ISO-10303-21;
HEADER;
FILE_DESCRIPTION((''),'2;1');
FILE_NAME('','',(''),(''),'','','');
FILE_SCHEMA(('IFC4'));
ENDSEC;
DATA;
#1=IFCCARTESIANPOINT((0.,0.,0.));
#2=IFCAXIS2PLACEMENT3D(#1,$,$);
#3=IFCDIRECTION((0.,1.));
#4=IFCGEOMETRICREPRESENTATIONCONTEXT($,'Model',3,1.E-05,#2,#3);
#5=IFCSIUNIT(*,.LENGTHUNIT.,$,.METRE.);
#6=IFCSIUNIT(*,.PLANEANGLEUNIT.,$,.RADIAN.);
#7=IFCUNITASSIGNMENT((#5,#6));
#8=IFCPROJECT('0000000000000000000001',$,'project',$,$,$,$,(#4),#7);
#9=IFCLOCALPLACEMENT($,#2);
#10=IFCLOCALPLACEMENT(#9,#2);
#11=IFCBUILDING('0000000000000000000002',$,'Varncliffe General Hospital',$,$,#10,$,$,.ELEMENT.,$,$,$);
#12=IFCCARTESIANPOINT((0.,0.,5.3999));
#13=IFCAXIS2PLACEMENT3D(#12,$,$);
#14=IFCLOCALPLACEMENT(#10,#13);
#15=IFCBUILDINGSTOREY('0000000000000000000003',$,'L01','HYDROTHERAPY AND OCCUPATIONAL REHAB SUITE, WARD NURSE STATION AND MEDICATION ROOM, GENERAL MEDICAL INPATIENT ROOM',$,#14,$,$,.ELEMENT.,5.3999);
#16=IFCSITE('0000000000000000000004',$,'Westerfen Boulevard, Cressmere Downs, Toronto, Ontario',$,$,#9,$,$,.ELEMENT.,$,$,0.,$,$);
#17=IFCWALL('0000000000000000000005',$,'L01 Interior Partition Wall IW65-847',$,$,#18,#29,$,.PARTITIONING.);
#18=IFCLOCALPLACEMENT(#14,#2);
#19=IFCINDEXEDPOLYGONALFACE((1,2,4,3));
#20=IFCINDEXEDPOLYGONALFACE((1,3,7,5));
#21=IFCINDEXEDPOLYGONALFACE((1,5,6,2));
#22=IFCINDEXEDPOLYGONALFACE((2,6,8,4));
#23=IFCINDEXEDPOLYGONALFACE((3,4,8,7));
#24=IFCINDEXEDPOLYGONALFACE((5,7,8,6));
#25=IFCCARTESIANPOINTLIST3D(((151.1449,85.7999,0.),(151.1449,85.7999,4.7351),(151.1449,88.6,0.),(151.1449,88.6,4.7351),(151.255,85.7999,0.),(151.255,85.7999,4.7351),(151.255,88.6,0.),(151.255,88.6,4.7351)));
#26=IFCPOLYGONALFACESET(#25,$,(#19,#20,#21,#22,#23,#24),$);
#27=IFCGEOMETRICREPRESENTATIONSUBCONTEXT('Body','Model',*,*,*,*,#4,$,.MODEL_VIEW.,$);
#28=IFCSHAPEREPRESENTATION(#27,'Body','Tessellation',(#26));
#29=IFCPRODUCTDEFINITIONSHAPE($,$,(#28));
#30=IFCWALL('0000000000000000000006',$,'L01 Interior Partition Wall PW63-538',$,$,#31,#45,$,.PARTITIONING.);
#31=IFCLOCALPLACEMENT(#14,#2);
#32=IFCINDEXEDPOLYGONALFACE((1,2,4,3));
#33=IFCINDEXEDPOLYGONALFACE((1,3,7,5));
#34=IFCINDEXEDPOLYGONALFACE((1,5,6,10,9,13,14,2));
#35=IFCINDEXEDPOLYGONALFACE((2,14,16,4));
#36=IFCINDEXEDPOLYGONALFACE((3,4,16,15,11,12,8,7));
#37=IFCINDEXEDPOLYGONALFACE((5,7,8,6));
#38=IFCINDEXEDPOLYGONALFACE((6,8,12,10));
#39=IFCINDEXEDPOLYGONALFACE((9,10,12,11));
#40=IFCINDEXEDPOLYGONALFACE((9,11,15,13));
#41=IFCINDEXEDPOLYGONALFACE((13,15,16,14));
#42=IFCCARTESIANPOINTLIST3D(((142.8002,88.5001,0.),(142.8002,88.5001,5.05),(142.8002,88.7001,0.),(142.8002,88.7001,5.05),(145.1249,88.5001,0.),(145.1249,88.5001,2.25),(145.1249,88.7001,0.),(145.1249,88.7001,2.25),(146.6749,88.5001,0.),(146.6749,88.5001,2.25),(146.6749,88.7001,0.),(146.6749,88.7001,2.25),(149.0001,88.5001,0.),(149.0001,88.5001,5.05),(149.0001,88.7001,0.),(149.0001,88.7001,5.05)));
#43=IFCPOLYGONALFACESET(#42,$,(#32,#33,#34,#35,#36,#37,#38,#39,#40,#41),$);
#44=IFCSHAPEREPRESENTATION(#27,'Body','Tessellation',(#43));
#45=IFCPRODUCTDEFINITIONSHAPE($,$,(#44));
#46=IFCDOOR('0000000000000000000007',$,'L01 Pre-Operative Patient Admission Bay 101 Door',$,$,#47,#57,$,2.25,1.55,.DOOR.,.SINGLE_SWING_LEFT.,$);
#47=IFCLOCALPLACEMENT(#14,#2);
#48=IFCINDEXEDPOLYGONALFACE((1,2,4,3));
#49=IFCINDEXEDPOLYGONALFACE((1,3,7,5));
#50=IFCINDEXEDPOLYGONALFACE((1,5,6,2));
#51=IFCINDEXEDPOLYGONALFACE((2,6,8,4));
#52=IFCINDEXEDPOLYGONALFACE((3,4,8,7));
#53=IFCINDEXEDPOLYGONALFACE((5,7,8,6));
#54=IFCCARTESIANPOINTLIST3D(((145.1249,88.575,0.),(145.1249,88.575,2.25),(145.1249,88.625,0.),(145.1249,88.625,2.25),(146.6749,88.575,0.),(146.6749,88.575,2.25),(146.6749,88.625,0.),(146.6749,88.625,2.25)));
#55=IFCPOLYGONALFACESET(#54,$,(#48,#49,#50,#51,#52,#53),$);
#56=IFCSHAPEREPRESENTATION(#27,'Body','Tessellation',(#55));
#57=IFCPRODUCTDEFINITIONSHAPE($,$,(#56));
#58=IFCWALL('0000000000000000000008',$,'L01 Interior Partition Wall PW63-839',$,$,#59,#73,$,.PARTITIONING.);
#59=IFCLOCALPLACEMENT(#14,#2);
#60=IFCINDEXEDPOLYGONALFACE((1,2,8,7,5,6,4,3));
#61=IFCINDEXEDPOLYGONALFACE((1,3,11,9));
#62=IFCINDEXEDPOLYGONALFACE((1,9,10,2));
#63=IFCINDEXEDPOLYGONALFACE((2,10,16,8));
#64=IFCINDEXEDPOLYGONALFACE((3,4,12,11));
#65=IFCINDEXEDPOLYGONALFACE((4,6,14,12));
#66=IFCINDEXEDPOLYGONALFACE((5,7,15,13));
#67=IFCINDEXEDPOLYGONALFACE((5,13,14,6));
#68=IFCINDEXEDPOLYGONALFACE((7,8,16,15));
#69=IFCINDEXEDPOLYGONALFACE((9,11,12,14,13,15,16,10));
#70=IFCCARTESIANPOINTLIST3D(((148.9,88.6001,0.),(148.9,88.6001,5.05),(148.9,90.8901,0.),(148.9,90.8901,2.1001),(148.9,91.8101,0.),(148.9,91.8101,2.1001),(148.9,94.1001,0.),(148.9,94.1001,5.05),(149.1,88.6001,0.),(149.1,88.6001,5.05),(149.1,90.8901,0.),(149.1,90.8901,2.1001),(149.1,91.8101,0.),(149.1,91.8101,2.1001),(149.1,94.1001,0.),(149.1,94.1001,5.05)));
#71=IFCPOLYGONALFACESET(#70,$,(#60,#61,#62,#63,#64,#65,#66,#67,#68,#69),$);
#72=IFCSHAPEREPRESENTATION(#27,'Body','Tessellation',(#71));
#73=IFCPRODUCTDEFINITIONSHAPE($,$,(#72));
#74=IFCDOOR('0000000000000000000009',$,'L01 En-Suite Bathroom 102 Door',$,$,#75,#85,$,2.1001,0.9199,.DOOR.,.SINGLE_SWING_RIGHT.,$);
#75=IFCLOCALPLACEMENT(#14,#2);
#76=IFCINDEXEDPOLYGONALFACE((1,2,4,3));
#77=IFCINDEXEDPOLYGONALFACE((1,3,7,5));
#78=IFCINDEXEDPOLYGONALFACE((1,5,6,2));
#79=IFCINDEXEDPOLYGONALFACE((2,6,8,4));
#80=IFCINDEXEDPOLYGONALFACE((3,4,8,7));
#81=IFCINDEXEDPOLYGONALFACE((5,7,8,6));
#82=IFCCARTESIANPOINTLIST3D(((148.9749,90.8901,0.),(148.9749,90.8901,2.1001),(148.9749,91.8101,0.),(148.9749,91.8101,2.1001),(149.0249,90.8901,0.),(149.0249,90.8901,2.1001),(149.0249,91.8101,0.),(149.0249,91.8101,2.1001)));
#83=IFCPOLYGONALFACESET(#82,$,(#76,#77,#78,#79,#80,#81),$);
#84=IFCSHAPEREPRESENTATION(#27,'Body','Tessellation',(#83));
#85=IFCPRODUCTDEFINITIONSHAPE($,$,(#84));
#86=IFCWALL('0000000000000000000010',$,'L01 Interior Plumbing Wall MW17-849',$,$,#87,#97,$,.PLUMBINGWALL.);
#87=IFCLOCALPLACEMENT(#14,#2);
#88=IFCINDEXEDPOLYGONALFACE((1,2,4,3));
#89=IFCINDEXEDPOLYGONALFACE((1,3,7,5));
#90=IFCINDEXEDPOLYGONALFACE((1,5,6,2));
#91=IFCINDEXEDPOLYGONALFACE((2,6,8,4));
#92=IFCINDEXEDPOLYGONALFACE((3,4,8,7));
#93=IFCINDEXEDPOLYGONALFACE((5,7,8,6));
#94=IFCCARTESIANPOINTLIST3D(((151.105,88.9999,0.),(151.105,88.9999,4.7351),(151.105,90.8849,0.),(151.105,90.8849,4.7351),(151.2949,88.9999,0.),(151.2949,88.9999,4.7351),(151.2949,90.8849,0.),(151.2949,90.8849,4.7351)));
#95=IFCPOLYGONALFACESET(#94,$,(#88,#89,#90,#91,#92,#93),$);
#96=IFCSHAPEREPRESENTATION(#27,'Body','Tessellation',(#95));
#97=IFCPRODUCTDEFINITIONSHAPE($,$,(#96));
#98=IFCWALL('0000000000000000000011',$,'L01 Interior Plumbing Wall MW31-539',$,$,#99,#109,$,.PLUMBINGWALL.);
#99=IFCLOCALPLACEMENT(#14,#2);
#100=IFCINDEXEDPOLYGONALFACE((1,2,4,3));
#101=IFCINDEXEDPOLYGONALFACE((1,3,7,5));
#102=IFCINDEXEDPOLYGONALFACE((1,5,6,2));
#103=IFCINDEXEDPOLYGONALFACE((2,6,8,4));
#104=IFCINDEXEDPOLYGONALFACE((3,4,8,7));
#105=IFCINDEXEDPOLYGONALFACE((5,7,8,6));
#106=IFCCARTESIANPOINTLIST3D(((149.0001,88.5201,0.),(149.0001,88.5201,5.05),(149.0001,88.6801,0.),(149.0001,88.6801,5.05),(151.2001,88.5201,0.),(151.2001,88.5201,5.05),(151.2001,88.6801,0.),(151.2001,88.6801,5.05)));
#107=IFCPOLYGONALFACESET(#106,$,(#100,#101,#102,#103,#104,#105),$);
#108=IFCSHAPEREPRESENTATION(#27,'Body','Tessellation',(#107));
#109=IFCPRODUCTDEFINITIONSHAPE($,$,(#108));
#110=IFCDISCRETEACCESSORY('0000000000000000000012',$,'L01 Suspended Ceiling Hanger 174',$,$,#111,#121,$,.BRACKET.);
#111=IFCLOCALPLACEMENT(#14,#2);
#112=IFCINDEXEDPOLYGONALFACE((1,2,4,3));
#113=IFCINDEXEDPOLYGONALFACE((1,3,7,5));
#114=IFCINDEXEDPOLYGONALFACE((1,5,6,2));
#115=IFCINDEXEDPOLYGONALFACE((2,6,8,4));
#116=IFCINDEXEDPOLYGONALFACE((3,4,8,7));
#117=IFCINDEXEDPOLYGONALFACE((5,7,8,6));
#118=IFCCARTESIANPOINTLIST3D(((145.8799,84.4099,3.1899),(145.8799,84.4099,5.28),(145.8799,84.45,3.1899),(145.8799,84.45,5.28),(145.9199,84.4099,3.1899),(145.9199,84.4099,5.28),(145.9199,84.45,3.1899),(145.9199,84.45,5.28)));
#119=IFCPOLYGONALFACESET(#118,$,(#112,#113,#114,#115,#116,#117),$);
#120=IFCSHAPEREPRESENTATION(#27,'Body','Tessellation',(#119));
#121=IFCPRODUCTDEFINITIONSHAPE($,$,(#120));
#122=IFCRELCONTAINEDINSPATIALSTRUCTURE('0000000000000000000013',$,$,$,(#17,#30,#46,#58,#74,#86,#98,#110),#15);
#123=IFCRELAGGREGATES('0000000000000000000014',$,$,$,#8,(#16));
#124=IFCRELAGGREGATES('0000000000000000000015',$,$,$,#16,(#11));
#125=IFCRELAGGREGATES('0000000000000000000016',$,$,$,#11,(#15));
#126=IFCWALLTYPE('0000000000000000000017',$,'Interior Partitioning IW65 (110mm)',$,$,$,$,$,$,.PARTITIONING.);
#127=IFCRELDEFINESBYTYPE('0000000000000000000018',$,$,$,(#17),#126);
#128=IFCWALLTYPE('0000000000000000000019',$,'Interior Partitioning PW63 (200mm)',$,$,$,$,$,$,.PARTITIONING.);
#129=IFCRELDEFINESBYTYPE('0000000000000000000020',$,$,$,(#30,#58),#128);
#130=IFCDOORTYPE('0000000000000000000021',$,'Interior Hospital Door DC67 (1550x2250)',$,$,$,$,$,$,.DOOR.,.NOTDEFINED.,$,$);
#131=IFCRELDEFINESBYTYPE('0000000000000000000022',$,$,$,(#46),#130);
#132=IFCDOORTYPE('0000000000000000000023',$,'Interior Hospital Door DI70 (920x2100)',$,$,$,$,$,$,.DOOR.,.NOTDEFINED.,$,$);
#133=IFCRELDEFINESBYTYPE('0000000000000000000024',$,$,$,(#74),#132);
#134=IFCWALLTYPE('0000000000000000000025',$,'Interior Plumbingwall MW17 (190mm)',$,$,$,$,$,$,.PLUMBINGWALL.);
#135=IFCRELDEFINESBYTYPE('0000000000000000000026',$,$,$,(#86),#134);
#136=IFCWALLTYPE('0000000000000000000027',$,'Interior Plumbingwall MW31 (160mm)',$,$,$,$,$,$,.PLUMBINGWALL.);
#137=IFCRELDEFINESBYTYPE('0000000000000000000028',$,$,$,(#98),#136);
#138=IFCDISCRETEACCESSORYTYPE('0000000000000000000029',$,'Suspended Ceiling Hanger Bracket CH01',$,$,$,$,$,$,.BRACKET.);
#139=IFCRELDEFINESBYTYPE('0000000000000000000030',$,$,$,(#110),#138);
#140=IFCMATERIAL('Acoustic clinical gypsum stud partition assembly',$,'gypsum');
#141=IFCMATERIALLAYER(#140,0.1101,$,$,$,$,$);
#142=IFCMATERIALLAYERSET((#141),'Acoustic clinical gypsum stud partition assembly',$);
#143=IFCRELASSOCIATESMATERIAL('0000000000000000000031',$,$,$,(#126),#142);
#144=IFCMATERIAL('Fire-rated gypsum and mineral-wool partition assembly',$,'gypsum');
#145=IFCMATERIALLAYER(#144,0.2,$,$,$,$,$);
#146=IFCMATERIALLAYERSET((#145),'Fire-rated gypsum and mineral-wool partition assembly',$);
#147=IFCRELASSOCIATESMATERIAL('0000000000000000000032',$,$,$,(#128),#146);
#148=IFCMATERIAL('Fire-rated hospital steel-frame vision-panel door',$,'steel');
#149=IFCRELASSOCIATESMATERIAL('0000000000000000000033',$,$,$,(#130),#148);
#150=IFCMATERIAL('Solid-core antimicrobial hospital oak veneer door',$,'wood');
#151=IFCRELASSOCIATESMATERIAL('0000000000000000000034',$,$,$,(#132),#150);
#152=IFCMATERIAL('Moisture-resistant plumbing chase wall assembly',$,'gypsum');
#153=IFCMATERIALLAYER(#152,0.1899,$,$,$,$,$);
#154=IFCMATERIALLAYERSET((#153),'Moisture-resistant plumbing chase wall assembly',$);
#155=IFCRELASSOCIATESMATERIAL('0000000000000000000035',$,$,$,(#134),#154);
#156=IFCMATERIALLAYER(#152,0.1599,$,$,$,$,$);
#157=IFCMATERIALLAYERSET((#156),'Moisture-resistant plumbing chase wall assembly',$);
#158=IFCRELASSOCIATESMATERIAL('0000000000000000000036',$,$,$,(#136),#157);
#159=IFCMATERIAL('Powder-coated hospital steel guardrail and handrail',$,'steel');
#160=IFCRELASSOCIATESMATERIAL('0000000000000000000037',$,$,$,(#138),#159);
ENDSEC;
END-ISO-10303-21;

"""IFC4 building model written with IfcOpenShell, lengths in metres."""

from ifc_helpers import new_model, si_unit, direction, frame, frame_2d, origin, origin_2d, place, context, subcontext, project, spatial, rectangle, extrude, material, layer, layer_set, type_object, element, fill, save


model = new_model("IFC4")

# Units and contexts
model_context = context("Model", 3, precision=1e-05, world=origin(), true_north=direction((0.0, 1.0)))
body_context = subcontext(model_context, "Body", "Model", "MODEL_VIEW")
ifc_project = project(units=[si_unit("LENGTHUNIT", "METRE"), si_unit("PLANEANGLEUNIT", "RADIAN")], contexts=[model_context])

# Site, building, storey
site_placement = place(None, origin())
site = spatial("IfcSite", under=ifc_project, at=site_placement, Name="Westerfen Boulevard, Cressmere Downs, Toronto, Ontario", CompositionType="ELEMENT", RefElevation=0.0)
building_placement = place(site_placement, origin())
building = spatial("IfcBuilding", under=site, at=building_placement, Name="Varncliffe General Hospital", CompositionType="ELEMENT")
storey_placement = place(building_placement, frame((0.0, 0.0, 5.3999)))
storey = spatial("IfcBuildingStorey", under=building, at=storey_placement, Name="L01", Description="HYDROTHERAPY AND OCCUPATIONAL REHAB SUITE, WARD NURSE STATION AND MEDICATION ROOM, GENERAL MEDICAL INPATIENT ROOM", CompositionType="ELEMENT", Elevation=5.3999)

# Wall
ifc_material_1 = material(Name="Acoustic clinical gypsum stud partition assembly", Category="gypsum")
ifc_layer_1 = layer(ifc_material_1, 0.1101)
ifc_layer_set_1 = layer_set([ifc_layer_1], Name="Acoustic clinical gypsum stud partition assembly")
wall_type_1 = type_object("IfcWallType", Name="Interior Partitioning IW65 (110mm)", PredefinedType="PARTITIONING", material=ifc_layer_set_1)
wall_1_placement = place(storey_placement, frame((151.2, 85.8, 0.0), z_axis=(0.0, 0.0, 1.0), x_axis=(0.0, 1.0, 0.0)))
element("IfcWall", 1, at=wall_1_placement, inside=storey, type_object=wall_type_1, Name="L01 Interior Partition Wall IW65-847", PredefinedType="PARTITIONING", context=body_context, shape_type="SweptSolid", body=[
    extrude(rectangle(XDim=2.8, YDim=0.1101, at=frame_2d((1.3999, 0.0))), origin(), (0.0, 0.0, 1.0), 4.7351),
])

# Walls, openings, doors
ifc_material_2 = material(Name="Fire-rated gypsum and mineral-wool partition assembly", Category="gypsum")
ifc_layer_2 = layer(ifc_material_2, 0.2)
ifc_layer_set_2 = layer_set([ifc_layer_2], Name="Fire-rated gypsum and mineral-wool partition assembly")
wall_type_2 = type_object("IfcWallType", Name="Interior Partitioning PW63 (200mm)", PredefinedType="PARTITIONING", material=ifc_layer_set_2)
wall_2_placement = place(storey_placement, frame((142.8, 88.6001, 0.0), z_axis=(0.0, 0.0, 1.0), x_axis=(1.0, 0.0, 0.0)))
wall_2 = element("IfcWall", 2, at=wall_2_placement, inside=storey, type_object=wall_type_2, Name="L01 Interior Partition Wall PW63-538", PredefinedType="PARTITIONING", context=body_context, shape_type="SweptSolid", body=[
    extrude(rectangle(XDim=6.2, YDim=0.2, at=frame_2d((3.1001, 0.0))), origin(), (0.0, 0.0, 1.0), 5.05),
])
opening_1_placement = place(wall_2_placement, frame((2.325, 0.0, 0.0)))
opening_1 = element("IfcOpeningElement", 3, at=opening_1_placement, cuts=wall_2, PredefinedType="OPENING", context=body_context, shape_type="SweptSolid", body=[
    extrude(rectangle(XDim=1.55, YDim=2.25, at=frame_2d((0.7749, 1.125))), frame((0.0, 0.1099, 0.0), z_axis=(0.0, -1.0, 0.0), x_axis=(1.0, 0.0, 0.0)), (0.0, 0.0, 1.0), 0.22),
])
ifc_material_3 = material(Name="Fire-rated hospital steel-frame vision-panel door", Category="steel")
door_type_1 = type_object("IfcDoorType", Name="Interior Hospital Door DC67 (1550x2250)", OperationType="NOTDEFINED", PredefinedType="DOOR", material=ifc_material_3)
door_1_placement = place(opening_1_placement, origin())
door_1 = element("IfcDoor", 4, at=door_1_placement, inside=storey, type_object=door_type_1, Name="L01 Pre-Operative Patient Admission Bay 101 Door", OperationType="SINGLE_SWING_LEFT", OverallHeight=2.25, OverallWidth=1.55, PredefinedType="DOOR", context=body_context, shape_type="SweptSolid", body=[
    extrude(rectangle(XDim=1.55, YDim=2.25, at=frame_2d((0.7749, 1.125))), frame((0.0, 0.0249, 0.0), z_axis=(0.0, -1.0, 0.0), x_axis=(1.0, 0.0, 0.0)), (0.0, 0.0, 1.0), 0.05),
])
fill(opening_1, door_1)
wall_3_placement = place(storey_placement, frame((149.0, 88.6001, 0.0), z_axis=(0.0, 0.0, 1.0), x_axis=(0.0, 1.0, 0.0)))
wall_3 = element("IfcWall", 5, at=wall_3_placement, inside=storey, type_object=wall_type_2, Name="L01 Interior Partition Wall PW63-839", PredefinedType="PARTITIONING", context=body_context, shape_type="SweptSolid", body=[
    extrude(rectangle(XDim=5.5, YDim=0.2, at=frame_2d((2.75, 0.0))), origin(), (0.0, 0.0, 1.0), 5.05),
])
opening_2_placement = place(wall_3_placement, frame((2.29, 0.0, 0.0)))
opening_2 = element("IfcOpeningElement", 6, at=opening_2_placement, cuts=wall_3, PredefinedType="OPENING", context=body_context, shape_type="SweptSolid", body=[
    extrude(rectangle(XDim=0.9199, YDim=2.1001, at=frame_2d((0.46, 1.05))), frame((0.0, 0.1099, 0.0), z_axis=(0.0, -1.0, 0.0), x_axis=(1.0, 0.0, 0.0)), (0.0, 0.0, 1.0), 0.22),
])
ifc_material_4 = material(Name="Solid-core antimicrobial hospital oak veneer door", Category="wood")
door_type_2 = type_object("IfcDoorType", Name="Interior Hospital Door DI70 (920x2100)", OperationType="NOTDEFINED", PredefinedType="DOOR", material=ifc_material_4)
door_2_placement = place(opening_2_placement, frame((0.9199, 0.0, 0.0), z_axis=(0.0, 0.0, 1.0), x_axis=(-1.0, 0.0, 0.0)))
door_2 = element("IfcDoor", 7, at=door_2_placement, inside=storey, type_object=door_type_2, Name="L01 En-Suite Bathroom 102 Door", OperationType="SINGLE_SWING_RIGHT", OverallHeight=2.1001, OverallWidth=0.9199, PredefinedType="DOOR", context=body_context, shape_type="SweptSolid", body=[
    extrude(rectangle(XDim=0.9199, YDim=2.1001, at=frame_2d((0.46, 1.05))), frame((0.0, 0.0249, 0.0), z_axis=(0.0, -1.0, 0.0), x_axis=(1.0, 0.0, 0.0)), (0.0, 0.0, 1.0), 0.05),
])
fill(opening_2, door_2)

# Walls
ifc_material_5 = material(Name="Moisture-resistant plumbing chase wall assembly", Category="gypsum")
ifc_layer_3 = layer(ifc_material_5, 0.1899)
ifc_layer_set_3 = layer_set([ifc_layer_3], Name="Moisture-resistant plumbing chase wall assembly")
wall_type_3 = type_object("IfcWallType", Name="Interior Plumbingwall MW17 (190mm)", PredefinedType="PLUMBINGWALL", material=ifc_layer_set_3)
wall_4_placement = place(storey_placement, frame((151.2, 89.0, 0.0), z_axis=(0.0, 0.0, 1.0), x_axis=(0.0, 1.0, 0.0)))
element("IfcWall", 8, at=wall_4_placement, inside=storey, type_object=wall_type_3, Name="L01 Interior Plumbing Wall MW17-849", PredefinedType="PLUMBINGWALL", context=body_context, shape_type="SweptSolid", body=[
    extrude(rectangle(XDim=1.885, YDim=0.1899, at=frame_2d((0.9424, 0.0))), origin(), (0.0, 0.0, 1.0), 4.7351),
])
ifc_layer_4 = layer(ifc_material_5, 0.1599)
ifc_layer_set_4 = layer_set([ifc_layer_4], Name="Moisture-resistant plumbing chase wall assembly")
wall_type_4 = type_object("IfcWallType", Name="Interior Plumbingwall MW31 (160mm)", PredefinedType="PLUMBINGWALL", material=ifc_layer_set_4)
wall_5_placement = place(storey_placement, frame((149.0, 88.6001, 0.0), z_axis=(0.0, 0.0, 1.0), x_axis=(1.0, 0.0, 0.0)))
element("IfcWall", 9, at=wall_5_placement, inside=storey, type_object=wall_type_4, Name="L01 Interior Plumbing Wall MW31-539", PredefinedType="PLUMBINGWALL", context=body_context, shape_type="SweptSolid", body=[
    extrude(rectangle(XDim=2.2, YDim=0.1599, at=frame_2d((1.1001, 0.0))), origin(), (0.0, 0.0, 1.0), 5.05),
])

# Discrete accessory
ifc_material_6 = material(Name="Powder-coated hospital steel guardrail and handrail", Category="steel")
discrete_accessory_type = type_object("IfcDiscreteAccessoryType", Name="Suspended Ceiling Hanger Bracket CH01", PredefinedType="BRACKET", material=ifc_material_6)
discrete_accessory_placement = place(storey_placement, frame((145.8999, 84.4299, 3.1899), z_axis=(0.0, 0.0, 1.0), x_axis=(1.0, 0.0, 0.0)))
element("IfcDiscreteAccessory", 10, at=discrete_accessory_placement, inside=storey, type_object=discrete_accessory_type, Name="L01 Suspended Ceiling Hanger 174", PredefinedType="BRACKET", context=body_context, shape_type="SweptSolid", body=[
    extrude(rectangle(XDim=0.04, YDim=0.04, at=origin_2d()), origin(), (0.0, 0.0, 1.0), 2.0901),
])

save(model, "model.ifc")
